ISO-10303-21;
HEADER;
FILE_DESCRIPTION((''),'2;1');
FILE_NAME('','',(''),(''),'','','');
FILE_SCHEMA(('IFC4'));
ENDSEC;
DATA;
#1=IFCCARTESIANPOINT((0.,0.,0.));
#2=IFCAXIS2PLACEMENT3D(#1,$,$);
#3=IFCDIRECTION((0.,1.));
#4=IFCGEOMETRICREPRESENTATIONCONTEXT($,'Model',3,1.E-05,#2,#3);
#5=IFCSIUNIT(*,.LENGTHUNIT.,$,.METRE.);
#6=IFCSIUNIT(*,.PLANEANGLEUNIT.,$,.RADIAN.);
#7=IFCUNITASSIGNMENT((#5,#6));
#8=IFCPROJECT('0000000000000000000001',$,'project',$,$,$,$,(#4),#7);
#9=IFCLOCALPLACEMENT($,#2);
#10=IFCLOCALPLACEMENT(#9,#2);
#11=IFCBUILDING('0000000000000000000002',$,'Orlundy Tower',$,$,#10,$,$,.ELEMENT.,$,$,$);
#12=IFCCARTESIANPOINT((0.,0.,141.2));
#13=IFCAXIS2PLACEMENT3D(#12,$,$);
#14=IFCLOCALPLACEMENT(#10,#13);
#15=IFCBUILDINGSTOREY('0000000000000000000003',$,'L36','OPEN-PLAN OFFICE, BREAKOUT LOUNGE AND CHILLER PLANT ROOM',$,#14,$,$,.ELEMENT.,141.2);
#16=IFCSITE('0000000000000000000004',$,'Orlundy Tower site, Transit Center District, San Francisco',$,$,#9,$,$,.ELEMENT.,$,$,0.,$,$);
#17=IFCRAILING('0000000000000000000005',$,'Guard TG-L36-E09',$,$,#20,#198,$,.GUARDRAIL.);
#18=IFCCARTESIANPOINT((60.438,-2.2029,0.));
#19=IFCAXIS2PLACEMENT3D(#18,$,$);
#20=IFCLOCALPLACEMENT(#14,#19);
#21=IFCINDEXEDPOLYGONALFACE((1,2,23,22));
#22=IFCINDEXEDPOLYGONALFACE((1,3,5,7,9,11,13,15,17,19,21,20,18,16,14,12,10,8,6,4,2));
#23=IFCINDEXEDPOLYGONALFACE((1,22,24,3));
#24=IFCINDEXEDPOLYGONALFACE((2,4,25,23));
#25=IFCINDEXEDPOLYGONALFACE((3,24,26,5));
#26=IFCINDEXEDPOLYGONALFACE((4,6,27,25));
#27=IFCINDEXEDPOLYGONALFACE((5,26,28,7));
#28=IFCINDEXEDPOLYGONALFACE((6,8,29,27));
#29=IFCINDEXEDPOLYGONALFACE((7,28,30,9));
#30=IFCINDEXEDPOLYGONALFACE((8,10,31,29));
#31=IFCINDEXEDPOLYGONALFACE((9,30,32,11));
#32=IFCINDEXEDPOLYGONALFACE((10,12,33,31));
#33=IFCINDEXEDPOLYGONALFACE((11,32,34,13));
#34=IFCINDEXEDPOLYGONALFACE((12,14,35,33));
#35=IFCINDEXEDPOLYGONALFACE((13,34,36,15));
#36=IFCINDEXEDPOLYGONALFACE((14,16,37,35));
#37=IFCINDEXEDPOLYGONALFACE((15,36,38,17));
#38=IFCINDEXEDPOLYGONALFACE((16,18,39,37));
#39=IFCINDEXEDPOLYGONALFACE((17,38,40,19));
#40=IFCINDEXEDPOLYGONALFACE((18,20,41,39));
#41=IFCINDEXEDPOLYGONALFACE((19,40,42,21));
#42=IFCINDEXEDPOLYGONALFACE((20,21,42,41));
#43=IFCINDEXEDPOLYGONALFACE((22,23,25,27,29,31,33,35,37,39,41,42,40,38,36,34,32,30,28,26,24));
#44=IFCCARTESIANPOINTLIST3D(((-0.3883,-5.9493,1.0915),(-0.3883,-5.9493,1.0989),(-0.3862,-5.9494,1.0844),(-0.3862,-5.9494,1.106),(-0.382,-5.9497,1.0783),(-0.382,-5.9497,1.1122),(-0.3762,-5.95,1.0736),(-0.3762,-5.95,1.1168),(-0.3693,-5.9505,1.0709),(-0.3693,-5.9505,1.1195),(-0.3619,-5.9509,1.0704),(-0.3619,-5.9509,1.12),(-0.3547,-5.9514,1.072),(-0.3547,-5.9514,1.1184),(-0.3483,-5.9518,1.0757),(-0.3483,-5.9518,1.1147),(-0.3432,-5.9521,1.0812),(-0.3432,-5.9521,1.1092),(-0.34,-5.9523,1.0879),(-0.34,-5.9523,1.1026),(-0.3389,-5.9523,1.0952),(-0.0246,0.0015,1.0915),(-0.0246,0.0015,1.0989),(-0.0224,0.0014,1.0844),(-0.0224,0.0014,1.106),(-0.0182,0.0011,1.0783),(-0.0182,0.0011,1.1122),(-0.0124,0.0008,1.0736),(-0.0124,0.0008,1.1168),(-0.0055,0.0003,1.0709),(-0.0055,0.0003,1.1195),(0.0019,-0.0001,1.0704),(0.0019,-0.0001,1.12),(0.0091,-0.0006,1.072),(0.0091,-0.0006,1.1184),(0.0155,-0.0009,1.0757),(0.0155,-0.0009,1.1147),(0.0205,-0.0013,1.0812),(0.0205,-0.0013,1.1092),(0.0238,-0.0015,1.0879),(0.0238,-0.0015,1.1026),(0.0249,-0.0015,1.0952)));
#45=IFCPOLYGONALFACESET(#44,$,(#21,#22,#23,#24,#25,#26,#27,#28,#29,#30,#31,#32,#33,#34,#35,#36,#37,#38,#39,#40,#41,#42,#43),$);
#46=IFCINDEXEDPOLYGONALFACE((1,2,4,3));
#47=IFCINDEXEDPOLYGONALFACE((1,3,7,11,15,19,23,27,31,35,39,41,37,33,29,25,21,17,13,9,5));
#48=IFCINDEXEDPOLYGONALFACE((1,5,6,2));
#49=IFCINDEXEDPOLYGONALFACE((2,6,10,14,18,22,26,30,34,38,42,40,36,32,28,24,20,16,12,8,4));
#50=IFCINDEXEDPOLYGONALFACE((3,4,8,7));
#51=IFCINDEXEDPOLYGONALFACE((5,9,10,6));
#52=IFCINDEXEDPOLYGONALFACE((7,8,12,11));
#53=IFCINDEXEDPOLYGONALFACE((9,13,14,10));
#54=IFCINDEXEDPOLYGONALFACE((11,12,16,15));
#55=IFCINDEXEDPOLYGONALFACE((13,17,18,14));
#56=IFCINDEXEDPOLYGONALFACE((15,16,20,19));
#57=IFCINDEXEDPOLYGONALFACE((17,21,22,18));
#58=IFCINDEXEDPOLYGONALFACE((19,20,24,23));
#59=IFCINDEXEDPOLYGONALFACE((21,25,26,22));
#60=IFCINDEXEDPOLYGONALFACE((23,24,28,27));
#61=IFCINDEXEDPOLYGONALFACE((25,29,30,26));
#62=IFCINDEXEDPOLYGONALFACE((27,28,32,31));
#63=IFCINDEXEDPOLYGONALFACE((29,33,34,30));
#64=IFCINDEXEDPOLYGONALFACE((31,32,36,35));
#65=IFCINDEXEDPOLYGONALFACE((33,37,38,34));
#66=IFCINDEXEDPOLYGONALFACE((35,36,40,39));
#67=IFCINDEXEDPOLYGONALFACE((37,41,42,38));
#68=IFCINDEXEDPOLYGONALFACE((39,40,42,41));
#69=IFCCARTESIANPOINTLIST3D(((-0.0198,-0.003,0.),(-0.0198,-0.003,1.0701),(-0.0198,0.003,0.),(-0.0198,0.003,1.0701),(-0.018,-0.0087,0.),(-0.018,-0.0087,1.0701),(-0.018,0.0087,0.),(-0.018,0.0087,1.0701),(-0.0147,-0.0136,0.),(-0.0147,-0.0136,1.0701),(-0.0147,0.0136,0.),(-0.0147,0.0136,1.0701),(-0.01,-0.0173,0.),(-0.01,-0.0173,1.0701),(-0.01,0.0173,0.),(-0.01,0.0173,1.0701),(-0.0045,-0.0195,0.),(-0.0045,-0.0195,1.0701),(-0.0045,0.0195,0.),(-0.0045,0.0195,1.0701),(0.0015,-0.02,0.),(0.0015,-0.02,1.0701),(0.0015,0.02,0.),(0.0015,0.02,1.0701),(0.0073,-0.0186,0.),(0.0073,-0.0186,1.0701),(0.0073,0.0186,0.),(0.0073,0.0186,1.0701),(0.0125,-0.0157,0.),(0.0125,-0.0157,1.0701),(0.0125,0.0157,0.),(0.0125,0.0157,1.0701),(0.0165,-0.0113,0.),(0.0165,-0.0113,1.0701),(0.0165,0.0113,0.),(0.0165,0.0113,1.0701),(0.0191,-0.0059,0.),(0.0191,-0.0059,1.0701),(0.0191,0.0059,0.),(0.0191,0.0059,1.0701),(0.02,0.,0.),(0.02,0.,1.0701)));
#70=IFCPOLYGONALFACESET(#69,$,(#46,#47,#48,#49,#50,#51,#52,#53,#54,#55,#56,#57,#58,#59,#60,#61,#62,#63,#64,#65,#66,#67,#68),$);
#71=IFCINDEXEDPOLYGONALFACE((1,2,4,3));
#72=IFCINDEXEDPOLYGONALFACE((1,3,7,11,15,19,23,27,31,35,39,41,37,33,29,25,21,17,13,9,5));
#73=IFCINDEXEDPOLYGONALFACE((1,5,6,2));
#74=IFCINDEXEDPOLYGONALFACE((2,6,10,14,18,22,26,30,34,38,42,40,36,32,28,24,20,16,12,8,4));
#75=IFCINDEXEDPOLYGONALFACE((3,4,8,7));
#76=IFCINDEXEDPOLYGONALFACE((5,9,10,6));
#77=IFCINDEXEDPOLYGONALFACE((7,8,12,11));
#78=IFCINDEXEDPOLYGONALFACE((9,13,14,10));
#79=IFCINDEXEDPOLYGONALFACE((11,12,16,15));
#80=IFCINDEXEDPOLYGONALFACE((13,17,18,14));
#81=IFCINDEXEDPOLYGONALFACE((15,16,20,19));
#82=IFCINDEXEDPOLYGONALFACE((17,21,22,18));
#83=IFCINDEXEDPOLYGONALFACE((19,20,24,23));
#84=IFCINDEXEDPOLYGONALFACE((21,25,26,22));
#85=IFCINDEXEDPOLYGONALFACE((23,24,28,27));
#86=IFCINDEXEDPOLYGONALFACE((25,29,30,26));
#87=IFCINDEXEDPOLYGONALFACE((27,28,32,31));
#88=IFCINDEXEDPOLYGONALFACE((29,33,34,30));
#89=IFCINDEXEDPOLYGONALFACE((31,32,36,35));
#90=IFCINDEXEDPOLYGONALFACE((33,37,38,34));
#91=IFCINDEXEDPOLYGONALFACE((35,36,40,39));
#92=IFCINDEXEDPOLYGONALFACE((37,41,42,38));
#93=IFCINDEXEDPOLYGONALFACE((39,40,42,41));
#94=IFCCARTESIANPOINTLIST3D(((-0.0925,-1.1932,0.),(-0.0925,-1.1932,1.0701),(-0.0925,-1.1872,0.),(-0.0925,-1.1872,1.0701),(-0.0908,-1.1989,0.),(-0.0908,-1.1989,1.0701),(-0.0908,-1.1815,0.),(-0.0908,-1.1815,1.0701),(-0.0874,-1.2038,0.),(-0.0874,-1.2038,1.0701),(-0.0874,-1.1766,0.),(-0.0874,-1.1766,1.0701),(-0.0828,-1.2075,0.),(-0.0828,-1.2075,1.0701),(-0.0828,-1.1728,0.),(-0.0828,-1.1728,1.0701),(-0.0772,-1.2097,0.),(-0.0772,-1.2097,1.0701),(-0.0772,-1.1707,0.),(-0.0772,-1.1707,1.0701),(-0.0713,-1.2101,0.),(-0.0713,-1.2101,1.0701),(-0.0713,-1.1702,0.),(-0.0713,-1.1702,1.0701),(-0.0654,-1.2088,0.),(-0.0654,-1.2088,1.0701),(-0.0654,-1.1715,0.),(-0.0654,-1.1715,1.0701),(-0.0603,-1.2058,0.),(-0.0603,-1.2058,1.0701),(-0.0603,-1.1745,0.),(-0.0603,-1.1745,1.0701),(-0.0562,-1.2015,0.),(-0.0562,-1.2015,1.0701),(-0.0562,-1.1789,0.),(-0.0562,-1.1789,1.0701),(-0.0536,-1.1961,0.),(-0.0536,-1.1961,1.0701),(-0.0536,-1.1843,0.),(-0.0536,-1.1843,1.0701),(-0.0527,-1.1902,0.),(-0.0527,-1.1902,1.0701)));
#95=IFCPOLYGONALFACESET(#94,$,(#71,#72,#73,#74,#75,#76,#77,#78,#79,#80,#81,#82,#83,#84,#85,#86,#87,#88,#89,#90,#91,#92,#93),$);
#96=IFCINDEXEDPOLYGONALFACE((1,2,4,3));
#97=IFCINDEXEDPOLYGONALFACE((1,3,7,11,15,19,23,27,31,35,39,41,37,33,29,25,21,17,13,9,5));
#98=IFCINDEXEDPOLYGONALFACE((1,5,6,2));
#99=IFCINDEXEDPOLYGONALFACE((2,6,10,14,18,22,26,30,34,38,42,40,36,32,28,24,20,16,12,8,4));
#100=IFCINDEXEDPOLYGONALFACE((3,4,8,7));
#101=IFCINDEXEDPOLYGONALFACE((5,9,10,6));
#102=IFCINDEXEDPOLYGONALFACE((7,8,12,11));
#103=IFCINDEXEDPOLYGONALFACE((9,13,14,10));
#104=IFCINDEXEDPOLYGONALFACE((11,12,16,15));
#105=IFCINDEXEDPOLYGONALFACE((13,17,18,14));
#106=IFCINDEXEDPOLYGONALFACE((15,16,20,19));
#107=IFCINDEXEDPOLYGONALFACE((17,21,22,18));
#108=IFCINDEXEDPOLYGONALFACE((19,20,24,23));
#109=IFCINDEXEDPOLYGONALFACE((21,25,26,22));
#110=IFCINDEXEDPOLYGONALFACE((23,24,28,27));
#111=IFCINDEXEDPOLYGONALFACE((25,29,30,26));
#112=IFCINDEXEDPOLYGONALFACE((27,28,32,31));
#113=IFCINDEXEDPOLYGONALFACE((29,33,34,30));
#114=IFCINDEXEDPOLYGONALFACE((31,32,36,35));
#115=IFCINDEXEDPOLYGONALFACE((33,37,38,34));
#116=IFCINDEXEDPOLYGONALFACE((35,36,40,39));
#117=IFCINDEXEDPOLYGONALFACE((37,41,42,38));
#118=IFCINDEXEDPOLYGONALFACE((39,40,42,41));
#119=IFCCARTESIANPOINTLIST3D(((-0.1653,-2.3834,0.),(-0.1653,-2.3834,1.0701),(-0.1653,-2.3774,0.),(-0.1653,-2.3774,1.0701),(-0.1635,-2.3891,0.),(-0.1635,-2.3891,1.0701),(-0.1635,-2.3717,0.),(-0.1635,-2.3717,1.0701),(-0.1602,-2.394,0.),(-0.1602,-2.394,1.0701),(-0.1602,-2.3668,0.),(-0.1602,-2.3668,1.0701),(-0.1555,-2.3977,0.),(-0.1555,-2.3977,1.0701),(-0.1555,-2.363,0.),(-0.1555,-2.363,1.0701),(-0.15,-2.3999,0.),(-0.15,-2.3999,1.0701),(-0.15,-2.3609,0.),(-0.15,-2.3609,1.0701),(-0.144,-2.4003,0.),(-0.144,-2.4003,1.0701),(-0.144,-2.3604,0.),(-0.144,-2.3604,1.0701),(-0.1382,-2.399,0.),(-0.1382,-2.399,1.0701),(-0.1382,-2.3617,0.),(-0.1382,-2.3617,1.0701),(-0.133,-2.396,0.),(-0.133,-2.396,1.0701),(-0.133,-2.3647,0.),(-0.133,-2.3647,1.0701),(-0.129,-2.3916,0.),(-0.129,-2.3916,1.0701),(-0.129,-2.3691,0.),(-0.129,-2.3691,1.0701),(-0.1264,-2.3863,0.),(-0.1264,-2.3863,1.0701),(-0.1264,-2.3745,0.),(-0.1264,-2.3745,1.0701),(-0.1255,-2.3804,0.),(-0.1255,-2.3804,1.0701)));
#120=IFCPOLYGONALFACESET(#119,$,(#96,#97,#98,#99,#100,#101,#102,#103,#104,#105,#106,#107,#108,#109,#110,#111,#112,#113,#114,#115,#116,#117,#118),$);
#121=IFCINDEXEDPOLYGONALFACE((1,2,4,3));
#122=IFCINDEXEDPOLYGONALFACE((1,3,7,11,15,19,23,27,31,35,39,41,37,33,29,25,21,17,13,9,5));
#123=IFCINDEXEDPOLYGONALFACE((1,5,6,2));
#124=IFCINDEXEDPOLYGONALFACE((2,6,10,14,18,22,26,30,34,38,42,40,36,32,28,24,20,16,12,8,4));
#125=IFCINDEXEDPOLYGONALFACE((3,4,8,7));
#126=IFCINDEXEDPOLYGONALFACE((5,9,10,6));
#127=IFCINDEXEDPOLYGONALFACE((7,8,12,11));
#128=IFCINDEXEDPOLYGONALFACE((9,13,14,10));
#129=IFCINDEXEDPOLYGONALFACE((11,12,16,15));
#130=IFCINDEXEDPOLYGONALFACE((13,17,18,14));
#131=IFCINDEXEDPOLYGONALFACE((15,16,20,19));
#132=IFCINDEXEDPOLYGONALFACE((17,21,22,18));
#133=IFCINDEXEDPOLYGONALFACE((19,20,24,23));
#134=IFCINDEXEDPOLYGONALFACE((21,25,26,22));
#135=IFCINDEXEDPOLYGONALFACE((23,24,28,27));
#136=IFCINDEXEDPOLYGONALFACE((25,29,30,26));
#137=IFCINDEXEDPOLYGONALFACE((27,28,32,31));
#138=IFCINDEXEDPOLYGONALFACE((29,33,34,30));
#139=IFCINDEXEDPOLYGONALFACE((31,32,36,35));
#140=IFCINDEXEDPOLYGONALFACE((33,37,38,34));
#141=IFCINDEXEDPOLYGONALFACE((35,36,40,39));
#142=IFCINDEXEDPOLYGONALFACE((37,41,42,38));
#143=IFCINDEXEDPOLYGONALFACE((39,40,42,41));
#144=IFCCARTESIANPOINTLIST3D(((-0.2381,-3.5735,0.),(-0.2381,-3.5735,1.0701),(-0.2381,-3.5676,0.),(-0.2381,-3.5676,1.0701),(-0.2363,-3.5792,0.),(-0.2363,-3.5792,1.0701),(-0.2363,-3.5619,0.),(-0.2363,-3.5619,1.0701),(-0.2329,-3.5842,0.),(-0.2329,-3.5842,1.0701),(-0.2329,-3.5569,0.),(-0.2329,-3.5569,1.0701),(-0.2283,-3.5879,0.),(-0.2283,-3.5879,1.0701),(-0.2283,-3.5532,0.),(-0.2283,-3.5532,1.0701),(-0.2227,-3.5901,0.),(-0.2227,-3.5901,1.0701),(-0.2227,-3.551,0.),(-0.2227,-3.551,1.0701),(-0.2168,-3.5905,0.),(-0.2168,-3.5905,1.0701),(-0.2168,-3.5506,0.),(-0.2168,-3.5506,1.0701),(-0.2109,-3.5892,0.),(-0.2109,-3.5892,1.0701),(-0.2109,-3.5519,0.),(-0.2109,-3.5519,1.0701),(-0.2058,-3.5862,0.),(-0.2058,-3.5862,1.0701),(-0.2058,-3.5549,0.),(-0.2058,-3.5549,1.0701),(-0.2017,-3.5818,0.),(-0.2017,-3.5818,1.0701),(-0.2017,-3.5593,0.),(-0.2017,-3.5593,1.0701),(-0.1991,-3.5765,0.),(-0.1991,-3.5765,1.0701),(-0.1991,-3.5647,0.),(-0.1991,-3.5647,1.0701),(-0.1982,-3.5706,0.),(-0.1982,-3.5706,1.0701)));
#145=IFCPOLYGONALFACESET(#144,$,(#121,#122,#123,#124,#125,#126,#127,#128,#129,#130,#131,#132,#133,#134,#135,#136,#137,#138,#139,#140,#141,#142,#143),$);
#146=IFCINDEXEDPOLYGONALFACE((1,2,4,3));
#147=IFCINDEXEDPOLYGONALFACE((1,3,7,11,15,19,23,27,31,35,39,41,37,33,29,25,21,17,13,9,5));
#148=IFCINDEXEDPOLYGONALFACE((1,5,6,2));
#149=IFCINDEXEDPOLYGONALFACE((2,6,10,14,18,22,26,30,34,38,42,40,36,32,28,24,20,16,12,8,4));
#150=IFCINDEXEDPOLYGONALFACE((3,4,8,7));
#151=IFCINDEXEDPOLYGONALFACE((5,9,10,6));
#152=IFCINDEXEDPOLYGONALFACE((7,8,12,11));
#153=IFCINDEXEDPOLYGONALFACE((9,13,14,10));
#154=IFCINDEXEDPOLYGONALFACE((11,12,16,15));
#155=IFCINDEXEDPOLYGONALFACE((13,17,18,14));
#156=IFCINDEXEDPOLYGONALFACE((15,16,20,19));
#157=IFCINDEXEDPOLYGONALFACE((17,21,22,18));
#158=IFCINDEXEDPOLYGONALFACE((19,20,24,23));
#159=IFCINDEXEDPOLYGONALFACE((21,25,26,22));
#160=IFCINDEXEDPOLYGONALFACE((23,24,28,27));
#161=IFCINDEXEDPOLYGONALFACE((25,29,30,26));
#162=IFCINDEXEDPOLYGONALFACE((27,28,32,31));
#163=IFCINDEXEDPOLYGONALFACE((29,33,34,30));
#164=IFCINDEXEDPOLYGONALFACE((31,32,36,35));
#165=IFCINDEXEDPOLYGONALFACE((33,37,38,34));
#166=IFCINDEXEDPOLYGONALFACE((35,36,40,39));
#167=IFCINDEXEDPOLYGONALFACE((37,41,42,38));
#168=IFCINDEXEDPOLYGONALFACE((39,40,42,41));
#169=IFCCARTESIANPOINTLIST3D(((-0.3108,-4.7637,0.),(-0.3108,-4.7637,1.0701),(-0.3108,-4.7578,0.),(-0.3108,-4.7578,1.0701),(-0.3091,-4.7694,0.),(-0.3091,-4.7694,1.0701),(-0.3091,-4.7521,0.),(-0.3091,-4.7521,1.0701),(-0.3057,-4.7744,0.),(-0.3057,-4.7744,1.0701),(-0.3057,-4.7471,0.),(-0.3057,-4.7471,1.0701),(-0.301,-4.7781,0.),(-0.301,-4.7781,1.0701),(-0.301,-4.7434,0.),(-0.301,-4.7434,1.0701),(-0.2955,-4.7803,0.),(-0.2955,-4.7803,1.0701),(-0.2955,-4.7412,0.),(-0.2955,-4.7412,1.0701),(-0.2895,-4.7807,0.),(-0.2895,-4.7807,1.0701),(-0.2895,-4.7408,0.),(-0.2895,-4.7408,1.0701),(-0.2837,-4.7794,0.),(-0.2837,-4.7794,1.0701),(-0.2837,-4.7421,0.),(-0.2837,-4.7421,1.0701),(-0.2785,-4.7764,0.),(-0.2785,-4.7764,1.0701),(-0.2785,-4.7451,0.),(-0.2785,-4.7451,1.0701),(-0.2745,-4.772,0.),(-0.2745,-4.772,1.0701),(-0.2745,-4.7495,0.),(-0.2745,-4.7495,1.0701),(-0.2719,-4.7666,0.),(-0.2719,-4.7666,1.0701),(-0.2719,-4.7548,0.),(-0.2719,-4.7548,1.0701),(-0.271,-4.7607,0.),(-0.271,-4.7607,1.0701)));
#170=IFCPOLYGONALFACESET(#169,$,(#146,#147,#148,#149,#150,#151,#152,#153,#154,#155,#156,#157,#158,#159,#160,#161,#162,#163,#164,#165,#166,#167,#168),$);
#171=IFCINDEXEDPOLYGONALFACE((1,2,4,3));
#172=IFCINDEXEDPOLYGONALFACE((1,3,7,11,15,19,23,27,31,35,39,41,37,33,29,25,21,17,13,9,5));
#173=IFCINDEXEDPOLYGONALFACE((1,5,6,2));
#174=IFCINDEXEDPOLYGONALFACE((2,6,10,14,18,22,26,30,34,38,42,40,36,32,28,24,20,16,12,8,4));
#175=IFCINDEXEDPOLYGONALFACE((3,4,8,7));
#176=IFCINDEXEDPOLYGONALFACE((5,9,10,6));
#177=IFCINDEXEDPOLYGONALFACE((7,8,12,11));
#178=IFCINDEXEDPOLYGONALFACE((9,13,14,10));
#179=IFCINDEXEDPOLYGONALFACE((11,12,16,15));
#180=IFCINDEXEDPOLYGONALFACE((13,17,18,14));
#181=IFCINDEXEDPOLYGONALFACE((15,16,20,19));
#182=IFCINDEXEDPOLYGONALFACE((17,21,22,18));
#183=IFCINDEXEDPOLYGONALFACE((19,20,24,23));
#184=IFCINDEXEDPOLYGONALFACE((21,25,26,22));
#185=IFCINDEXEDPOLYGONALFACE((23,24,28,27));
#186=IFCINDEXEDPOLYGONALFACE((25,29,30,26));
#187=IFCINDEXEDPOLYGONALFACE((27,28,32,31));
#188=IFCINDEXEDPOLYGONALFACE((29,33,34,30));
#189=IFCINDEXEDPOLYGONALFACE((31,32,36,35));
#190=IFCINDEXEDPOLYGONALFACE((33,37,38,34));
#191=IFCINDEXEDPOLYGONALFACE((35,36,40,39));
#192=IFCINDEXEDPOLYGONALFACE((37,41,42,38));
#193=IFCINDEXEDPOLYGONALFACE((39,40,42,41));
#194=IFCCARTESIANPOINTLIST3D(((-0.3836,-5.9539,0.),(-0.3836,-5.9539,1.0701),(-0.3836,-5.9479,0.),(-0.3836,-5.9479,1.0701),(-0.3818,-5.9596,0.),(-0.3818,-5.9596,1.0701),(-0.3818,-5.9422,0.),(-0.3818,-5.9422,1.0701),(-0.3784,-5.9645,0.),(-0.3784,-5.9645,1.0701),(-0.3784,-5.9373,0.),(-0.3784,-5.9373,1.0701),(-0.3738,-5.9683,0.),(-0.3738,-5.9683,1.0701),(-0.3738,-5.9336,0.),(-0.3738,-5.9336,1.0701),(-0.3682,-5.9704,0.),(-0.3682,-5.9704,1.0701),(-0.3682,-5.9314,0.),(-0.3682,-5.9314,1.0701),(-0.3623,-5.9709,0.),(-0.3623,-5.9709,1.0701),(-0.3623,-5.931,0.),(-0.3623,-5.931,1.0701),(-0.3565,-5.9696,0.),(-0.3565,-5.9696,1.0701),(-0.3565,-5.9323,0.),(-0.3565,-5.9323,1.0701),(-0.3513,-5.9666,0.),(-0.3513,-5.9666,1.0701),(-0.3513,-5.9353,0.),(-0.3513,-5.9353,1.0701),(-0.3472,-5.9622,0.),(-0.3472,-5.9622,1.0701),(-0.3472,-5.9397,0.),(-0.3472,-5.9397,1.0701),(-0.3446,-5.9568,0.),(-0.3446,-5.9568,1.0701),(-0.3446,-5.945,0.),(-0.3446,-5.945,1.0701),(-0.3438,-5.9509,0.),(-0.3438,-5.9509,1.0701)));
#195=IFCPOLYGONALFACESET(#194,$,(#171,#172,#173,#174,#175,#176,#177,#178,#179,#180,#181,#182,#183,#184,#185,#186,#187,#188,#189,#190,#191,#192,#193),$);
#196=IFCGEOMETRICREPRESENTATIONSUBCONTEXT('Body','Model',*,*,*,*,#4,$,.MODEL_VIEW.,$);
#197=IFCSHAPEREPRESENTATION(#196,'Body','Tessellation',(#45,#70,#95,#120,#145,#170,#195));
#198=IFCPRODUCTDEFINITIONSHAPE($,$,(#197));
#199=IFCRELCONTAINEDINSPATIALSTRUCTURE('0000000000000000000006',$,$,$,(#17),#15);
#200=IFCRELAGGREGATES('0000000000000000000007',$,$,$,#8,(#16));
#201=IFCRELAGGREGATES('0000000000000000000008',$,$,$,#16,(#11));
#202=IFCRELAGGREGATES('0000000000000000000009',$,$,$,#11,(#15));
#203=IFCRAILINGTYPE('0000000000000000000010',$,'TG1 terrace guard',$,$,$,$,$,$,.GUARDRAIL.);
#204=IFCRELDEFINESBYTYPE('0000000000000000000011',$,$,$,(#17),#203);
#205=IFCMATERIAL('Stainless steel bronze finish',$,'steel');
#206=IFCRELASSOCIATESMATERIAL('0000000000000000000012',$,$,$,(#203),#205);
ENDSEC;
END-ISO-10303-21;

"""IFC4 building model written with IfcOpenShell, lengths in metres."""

from ifc_helpers import new_model, si_unit, direction, frame, origin, origin_2d, place, context, subcontext, project, spatial, circle, extrude, material, type_object, element, save


model = new_model("IFC4")

# Units and contexts
model_context = context("Model", 3, precision=1e-05, world=origin(), true_north=direction((0.0, 1.0)))
body_context = subcontext(model_context, "Body", "Model", "MODEL_VIEW")
ifc_project = project(units=[si_unit("LENGTHUNIT", "METRE"), si_unit("PLANEANGLEUNIT", "RADIAN")], contexts=[model_context])

# Site, building, storey
site_placement = place(None, origin())
site = spatial("IfcSite", under=ifc_project, at=site_placement, Name="Orlundy Tower site, Transit Center District, San Francisco", CompositionType="ELEMENT", RefElevation=0.0)
building_placement = place(site_placement, origin())
building = spatial("IfcBuilding", under=site, at=building_placement, Name="Orlundy Tower", CompositionType="ELEMENT")
storey_placement = place(building_placement, frame((0.0, 0.0, 141.2)))
storey = spatial("IfcBuildingStorey", under=building, at=storey_placement, Name="L36", Description="OPEN-PLAN OFFICE, BREAKOUT LOUNGE AND CHILLER PLANT ROOM", CompositionType="ELEMENT", Elevation=141.2)

# Railing
ifc_material_1 = material(Name="Stainless steel bronze finish", Category="steel")
railing_type = type_object("IfcRailingType", Name="TG1 terrace guard", PredefinedType="GUARDRAIL", material=ifc_material_1)
railing_1_placement = place(storey_placement, frame((60.438, -2.2029, 0.0)))
element("IfcRailing", 1, at=railing_1_placement, inside=storey, type_object=railing_type, Name="Guard TG-L36-E09", PredefinedType="GUARDRAIL", context=body_context, shape_type="SweptSolid", body=[
    extrude(circle(Radius=0.0249, at=origin_2d()), frame((0.0, 0.0, 1.0952), z_axis=(-0.061014, -0.998137, 0.0), x_axis=(0.998137, -0.061014, 0.0)), (0.0, 0.0, 1.0), 5.9619),
    extrude(circle(Radius=0.02, at=origin_2d()), origin(), (0.0, 0.0, 1.0), 1.0701),
    extrude(circle(Radius=0.02, at=origin_2d()), frame((-0.0728, -1.1902, 0.0)), (0.0, 0.0, 1.0), 1.0701),
    extrude(circle(Radius=0.02, at=origin_2d()), frame((-0.1455, -2.3804, 0.0)), (0.0, 0.0, 1.0), 1.0701),
    extrude(circle(Radius=0.02, at=origin_2d()), frame((-0.2183, -3.5706, 0.0)), (0.0, 0.0, 1.0), 1.0701),
    extrude(circle(Radius=0.02, at=origin_2d()), frame((-0.291, -4.7607, 0.0)), (0.0, 0.0, 1.0), 1.0701),
    extrude(circle(Radius=0.02, at=origin_2d()), frame((-0.3638, -5.9509, 0.0)), (0.0, 0.0, 1.0), 1.0701),
])

save(model, "model.ifc")
